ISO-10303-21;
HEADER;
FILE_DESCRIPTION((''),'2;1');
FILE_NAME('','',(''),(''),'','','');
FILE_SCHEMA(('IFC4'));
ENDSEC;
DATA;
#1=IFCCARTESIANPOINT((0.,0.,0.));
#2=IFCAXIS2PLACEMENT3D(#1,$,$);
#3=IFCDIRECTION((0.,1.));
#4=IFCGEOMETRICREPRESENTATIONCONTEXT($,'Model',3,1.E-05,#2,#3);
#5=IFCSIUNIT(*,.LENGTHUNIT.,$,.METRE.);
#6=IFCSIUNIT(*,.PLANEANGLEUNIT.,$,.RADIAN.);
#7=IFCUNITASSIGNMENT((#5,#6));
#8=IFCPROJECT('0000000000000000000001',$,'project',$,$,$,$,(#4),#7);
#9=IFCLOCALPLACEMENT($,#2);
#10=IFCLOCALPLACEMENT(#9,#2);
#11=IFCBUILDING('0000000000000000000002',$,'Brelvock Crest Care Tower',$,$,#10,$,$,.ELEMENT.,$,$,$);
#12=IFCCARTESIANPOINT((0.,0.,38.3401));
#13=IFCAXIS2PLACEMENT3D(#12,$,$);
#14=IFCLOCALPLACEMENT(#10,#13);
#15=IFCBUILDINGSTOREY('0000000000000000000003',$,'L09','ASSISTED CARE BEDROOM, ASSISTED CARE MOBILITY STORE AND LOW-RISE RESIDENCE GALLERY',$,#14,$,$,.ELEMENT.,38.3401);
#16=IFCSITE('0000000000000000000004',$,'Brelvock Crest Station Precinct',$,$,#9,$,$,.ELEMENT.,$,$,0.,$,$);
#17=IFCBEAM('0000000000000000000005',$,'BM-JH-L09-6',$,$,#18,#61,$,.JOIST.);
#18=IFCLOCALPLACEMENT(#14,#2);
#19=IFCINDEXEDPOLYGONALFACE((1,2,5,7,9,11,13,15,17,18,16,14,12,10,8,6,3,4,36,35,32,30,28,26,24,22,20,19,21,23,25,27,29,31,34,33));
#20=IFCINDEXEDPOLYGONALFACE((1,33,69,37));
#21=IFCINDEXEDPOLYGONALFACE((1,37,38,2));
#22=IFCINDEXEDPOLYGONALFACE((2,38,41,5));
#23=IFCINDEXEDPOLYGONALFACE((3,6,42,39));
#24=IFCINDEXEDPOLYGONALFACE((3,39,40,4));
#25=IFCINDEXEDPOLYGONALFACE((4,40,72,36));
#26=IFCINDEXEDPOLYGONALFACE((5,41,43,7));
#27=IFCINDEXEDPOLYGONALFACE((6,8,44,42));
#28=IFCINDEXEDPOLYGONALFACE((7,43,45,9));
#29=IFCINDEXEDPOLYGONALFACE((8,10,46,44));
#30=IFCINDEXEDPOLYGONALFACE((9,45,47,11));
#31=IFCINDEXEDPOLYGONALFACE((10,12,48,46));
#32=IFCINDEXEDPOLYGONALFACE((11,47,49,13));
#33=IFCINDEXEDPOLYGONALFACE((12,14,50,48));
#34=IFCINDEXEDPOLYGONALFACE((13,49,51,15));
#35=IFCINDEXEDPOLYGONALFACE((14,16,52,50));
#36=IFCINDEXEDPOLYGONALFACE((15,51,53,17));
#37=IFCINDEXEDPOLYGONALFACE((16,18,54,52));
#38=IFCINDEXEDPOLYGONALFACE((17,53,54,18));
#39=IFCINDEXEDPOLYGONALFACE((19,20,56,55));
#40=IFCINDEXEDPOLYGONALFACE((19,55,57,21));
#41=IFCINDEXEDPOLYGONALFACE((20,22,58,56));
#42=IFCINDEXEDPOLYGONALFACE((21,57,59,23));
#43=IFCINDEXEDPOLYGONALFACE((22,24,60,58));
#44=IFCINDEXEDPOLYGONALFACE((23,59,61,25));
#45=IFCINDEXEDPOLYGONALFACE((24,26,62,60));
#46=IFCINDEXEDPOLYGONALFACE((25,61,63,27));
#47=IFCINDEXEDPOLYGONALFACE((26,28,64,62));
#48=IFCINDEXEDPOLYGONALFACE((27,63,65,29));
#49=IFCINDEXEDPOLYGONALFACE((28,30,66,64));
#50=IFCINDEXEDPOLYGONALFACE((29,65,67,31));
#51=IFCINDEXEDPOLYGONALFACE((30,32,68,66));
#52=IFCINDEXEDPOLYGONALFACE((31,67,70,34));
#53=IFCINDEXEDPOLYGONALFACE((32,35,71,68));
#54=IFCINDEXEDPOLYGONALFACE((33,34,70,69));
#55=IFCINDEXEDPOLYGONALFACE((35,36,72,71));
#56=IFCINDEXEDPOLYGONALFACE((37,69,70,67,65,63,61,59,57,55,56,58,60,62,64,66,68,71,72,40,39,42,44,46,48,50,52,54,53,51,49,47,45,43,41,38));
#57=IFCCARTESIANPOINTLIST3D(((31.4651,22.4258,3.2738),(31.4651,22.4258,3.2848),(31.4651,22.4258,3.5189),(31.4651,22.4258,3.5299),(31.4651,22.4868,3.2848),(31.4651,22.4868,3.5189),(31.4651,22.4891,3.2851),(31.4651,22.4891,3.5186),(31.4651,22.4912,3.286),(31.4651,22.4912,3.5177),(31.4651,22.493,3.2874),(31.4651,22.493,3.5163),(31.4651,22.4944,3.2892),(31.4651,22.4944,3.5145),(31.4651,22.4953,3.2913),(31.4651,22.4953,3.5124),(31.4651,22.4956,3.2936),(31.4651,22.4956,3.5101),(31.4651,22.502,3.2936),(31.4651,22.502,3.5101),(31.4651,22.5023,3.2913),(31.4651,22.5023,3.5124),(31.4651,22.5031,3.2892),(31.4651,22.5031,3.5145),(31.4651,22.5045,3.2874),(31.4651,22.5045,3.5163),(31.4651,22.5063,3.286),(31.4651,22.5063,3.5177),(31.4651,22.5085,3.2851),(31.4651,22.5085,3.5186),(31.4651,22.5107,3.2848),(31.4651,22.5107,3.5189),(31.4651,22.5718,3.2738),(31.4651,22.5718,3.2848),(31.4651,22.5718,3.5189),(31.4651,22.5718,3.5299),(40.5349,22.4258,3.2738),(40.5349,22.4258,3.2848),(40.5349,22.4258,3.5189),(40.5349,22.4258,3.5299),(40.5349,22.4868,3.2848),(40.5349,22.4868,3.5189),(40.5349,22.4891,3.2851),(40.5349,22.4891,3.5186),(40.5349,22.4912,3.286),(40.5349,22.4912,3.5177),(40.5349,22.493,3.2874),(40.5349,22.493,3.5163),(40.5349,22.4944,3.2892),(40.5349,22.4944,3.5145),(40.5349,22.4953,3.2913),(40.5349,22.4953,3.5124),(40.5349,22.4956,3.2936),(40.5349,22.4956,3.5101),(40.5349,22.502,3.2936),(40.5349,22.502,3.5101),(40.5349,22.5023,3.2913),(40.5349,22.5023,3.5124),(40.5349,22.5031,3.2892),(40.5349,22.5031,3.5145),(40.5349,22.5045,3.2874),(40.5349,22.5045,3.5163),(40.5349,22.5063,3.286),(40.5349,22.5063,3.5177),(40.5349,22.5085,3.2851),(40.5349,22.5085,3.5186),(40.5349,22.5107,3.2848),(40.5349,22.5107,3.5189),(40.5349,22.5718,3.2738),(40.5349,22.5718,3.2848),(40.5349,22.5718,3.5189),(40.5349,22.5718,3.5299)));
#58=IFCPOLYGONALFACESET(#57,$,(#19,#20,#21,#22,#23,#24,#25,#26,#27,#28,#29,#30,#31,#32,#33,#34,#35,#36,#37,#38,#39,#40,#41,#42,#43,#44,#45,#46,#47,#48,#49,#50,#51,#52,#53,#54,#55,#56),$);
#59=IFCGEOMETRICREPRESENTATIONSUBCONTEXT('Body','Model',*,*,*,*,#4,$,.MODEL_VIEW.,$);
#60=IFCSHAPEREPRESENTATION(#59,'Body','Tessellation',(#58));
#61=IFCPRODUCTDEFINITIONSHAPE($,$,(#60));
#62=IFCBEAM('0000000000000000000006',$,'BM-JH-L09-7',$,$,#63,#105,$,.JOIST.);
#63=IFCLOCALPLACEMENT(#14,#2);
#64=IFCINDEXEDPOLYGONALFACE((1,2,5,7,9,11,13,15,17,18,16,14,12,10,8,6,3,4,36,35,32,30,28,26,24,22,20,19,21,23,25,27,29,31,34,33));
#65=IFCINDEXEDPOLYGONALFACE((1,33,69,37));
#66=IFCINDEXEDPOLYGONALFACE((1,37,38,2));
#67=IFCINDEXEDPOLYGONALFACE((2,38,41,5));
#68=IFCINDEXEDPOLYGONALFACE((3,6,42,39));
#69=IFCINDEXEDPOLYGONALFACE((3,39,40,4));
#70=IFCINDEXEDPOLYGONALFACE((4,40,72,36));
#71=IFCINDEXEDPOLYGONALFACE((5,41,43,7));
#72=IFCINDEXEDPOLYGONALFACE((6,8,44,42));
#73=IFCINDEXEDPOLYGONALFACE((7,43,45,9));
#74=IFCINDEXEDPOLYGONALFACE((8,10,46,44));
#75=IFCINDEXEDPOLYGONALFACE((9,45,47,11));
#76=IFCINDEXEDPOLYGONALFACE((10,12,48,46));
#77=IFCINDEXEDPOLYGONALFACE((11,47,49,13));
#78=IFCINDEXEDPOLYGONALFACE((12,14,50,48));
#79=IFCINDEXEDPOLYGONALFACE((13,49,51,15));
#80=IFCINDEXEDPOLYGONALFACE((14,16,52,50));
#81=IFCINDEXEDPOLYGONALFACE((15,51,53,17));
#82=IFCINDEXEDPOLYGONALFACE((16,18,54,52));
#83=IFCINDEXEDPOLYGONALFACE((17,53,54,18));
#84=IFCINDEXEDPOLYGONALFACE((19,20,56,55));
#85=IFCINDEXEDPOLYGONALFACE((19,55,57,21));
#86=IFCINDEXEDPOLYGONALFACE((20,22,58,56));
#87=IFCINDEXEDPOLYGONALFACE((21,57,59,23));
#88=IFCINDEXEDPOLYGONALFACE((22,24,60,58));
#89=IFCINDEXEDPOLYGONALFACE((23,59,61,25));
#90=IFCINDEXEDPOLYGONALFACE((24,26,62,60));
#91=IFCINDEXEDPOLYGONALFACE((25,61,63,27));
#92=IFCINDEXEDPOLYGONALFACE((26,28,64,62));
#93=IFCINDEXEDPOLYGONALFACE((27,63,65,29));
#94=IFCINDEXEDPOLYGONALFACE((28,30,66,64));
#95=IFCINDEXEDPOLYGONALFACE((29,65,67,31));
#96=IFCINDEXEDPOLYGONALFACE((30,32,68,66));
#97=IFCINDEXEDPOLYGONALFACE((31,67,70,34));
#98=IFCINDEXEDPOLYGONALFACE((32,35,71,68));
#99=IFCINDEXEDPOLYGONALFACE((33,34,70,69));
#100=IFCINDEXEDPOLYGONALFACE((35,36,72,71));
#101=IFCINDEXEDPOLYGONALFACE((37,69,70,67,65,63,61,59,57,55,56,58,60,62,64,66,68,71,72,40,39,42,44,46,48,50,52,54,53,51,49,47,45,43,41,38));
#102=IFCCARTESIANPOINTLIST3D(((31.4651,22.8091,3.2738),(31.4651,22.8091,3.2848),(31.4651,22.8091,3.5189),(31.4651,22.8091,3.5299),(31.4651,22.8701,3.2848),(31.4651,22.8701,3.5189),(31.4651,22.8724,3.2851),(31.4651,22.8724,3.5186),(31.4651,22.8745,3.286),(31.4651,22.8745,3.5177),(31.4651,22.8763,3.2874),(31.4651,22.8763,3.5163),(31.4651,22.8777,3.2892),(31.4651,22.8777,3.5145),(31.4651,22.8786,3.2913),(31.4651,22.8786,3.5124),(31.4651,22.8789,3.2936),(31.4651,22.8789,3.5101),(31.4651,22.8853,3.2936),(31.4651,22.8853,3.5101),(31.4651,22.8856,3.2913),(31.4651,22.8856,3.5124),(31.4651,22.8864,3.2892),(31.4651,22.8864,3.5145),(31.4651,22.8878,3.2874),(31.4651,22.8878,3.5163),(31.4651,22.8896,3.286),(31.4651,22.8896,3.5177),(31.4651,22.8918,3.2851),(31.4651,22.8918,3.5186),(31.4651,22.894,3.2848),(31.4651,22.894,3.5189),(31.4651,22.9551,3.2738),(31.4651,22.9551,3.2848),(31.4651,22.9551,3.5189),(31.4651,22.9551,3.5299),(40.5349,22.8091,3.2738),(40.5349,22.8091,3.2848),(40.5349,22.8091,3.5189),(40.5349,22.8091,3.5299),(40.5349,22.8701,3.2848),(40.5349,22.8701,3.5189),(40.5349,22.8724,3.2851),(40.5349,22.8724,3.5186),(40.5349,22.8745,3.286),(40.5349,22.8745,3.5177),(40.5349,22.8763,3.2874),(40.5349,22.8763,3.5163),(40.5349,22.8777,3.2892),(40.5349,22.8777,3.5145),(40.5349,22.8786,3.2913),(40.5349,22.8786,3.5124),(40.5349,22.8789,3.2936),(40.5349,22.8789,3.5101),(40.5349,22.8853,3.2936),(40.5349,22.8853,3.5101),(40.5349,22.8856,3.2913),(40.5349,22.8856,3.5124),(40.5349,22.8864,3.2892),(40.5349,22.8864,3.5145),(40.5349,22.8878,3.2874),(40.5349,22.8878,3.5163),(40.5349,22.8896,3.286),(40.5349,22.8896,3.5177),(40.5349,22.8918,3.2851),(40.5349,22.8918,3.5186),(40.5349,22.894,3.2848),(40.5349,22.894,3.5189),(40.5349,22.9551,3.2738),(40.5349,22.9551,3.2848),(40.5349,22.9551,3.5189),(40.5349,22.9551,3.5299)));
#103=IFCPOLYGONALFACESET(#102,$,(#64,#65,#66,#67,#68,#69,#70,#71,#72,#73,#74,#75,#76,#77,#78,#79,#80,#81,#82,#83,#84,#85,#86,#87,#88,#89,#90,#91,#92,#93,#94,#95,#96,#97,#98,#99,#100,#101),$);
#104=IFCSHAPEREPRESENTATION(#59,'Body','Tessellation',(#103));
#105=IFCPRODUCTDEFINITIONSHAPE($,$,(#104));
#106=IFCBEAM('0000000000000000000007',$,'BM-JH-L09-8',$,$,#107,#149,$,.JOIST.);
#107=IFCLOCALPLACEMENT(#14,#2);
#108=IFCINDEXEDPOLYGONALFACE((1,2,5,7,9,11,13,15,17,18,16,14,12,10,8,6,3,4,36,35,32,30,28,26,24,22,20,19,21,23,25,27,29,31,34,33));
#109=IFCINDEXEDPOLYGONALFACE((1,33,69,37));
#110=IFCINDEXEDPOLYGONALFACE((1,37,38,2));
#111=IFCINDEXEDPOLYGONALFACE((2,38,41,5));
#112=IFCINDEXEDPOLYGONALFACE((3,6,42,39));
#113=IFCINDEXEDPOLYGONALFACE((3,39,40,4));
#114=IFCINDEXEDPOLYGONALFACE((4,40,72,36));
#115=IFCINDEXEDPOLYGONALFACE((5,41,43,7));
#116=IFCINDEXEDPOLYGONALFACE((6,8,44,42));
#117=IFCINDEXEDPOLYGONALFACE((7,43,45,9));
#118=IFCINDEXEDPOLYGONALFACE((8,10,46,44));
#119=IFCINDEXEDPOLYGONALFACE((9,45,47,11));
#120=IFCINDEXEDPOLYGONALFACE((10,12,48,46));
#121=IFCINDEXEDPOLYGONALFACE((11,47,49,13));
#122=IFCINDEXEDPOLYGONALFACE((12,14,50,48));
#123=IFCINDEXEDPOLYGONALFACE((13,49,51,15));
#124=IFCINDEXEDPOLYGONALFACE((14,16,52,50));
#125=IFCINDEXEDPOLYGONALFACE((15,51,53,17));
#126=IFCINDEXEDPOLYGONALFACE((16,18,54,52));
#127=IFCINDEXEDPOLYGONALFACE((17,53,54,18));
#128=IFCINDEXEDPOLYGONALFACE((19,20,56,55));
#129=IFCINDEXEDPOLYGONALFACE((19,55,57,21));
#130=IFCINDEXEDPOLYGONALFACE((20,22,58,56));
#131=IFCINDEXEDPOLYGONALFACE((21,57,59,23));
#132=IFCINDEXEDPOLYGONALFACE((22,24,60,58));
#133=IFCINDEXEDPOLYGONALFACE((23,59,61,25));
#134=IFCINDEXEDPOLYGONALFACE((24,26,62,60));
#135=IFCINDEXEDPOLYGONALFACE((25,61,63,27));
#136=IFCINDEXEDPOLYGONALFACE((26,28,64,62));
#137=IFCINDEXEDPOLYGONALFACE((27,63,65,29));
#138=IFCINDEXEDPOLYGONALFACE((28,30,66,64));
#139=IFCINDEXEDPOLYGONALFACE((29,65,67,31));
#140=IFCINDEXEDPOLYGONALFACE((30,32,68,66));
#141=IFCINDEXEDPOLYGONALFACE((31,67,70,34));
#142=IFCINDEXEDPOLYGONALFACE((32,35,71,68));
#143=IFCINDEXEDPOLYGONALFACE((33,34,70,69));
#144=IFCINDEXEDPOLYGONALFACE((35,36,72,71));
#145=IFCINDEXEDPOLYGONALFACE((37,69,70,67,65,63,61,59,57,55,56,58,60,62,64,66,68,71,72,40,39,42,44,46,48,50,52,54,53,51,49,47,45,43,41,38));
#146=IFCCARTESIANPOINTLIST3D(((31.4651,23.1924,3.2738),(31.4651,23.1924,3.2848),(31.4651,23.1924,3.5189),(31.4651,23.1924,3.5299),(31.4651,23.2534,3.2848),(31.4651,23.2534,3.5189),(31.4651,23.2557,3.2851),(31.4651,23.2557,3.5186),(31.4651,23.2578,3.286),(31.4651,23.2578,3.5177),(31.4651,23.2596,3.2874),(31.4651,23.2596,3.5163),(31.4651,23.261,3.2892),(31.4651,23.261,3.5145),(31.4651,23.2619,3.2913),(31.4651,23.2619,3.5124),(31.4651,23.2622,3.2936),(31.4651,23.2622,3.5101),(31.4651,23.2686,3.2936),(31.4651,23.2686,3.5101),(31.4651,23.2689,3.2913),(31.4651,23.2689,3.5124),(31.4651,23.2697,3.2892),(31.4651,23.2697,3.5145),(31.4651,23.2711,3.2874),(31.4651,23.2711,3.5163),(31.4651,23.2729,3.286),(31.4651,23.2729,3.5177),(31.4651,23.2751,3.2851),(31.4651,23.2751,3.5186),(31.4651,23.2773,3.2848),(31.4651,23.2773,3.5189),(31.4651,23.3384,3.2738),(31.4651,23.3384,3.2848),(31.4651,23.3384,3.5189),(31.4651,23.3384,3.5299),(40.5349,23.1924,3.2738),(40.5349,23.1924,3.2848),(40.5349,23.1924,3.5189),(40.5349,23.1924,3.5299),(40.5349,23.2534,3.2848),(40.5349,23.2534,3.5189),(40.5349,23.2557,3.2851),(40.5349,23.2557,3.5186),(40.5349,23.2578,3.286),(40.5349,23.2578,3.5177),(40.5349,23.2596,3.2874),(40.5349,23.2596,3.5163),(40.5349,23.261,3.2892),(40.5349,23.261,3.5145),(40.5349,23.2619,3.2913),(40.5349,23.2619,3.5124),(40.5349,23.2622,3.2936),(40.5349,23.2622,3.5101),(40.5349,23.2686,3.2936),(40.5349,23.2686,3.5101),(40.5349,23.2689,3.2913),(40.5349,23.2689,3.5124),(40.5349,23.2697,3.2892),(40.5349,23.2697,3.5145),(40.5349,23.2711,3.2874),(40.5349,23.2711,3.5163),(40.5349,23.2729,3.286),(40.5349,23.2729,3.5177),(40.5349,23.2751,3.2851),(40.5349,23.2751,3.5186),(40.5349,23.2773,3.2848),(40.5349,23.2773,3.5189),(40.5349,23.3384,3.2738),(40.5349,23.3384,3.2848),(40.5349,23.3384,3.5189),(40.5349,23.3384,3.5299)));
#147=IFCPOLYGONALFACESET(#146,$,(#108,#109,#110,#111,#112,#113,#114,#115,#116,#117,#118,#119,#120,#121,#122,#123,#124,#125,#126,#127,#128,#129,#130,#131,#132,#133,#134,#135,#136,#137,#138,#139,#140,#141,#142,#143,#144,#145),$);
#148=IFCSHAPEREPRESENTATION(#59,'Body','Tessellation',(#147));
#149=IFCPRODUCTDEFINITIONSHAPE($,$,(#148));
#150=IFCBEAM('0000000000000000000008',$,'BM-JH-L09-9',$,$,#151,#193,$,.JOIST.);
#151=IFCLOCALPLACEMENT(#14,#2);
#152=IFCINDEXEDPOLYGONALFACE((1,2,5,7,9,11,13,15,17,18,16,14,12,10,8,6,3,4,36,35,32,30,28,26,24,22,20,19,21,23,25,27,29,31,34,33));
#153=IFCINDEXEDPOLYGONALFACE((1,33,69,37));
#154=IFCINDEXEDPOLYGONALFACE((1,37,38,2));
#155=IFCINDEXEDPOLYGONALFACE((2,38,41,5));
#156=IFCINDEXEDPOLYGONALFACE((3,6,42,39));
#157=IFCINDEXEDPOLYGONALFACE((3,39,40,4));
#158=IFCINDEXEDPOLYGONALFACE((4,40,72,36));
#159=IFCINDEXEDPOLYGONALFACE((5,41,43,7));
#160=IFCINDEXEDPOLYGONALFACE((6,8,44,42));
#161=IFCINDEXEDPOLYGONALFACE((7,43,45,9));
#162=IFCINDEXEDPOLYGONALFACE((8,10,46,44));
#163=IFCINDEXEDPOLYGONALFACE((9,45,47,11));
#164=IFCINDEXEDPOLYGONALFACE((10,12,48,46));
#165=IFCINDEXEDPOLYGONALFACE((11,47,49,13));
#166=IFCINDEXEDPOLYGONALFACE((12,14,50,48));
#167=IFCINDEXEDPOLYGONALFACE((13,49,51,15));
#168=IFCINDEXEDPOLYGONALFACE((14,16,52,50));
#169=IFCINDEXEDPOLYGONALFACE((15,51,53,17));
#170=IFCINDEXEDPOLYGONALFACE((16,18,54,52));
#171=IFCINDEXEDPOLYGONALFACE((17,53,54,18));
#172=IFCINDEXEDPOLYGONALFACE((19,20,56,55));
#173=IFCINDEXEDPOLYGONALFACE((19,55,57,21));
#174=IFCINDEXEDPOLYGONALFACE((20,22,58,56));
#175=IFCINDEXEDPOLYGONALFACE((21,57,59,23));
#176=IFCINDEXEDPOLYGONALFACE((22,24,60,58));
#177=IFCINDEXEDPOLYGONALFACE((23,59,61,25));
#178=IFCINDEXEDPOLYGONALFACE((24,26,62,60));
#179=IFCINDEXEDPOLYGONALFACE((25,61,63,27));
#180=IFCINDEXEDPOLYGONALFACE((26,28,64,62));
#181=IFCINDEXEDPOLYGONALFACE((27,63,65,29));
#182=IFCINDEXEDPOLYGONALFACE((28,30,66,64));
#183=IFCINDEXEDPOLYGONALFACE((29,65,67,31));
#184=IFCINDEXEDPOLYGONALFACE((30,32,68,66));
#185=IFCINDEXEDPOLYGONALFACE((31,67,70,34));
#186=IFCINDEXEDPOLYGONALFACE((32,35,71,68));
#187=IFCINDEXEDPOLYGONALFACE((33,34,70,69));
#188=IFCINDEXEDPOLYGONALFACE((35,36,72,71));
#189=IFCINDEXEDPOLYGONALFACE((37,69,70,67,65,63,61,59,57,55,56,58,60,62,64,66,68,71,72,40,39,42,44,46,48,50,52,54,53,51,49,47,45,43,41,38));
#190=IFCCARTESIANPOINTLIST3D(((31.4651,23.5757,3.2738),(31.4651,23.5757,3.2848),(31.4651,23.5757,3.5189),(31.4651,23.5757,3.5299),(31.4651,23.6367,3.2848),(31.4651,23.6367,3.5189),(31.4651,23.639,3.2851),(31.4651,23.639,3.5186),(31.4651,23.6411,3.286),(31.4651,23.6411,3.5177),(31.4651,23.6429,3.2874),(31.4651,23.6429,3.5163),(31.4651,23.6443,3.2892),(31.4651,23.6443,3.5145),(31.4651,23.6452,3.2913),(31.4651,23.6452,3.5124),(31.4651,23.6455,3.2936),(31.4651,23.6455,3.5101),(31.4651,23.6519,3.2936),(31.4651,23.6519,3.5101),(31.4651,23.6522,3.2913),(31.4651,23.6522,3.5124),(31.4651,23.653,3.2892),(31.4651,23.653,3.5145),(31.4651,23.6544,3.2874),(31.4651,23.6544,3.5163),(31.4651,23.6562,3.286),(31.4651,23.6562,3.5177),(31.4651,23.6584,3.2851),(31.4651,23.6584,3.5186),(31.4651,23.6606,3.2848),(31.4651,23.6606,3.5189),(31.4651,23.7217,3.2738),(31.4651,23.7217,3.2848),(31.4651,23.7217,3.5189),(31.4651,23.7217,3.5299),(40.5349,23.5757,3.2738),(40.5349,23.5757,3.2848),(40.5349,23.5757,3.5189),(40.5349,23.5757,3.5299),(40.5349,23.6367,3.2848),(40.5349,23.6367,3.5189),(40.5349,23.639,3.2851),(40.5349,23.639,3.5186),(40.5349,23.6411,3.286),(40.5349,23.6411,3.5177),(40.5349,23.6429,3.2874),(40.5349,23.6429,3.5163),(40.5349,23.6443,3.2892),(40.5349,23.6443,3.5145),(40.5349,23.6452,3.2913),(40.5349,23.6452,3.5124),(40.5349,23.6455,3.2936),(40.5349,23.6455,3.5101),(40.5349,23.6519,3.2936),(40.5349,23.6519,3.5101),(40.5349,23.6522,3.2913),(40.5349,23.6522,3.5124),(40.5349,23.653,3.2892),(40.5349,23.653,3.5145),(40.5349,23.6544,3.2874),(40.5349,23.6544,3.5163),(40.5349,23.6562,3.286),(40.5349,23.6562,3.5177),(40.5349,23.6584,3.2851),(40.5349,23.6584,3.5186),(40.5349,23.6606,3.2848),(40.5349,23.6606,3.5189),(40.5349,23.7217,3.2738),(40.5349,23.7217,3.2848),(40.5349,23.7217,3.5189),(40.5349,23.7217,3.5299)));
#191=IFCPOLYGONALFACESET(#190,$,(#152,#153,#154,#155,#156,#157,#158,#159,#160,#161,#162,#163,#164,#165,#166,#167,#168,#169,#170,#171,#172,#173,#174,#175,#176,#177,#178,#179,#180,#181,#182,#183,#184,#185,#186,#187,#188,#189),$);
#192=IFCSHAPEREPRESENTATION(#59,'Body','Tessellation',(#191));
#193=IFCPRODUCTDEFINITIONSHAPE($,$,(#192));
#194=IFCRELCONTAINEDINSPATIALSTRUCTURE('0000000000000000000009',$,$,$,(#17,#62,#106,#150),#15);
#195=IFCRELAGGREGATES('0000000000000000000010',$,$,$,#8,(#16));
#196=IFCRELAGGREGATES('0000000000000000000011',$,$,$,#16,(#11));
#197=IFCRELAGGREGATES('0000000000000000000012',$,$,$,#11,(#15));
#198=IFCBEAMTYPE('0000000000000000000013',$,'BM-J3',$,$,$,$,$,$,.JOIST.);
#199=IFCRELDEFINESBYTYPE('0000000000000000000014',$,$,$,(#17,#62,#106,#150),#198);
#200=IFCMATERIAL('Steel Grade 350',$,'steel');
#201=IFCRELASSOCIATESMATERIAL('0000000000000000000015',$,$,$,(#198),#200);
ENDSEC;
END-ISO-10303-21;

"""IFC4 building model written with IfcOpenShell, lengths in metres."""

from ifc_helpers import new_model, si_unit, direction, frame, origin, origin_2d, place, context, subcontext, project, spatial, i_section, extrude, source, transform, mapped, material, material_profile, profile_set, type_object, element, save


model = new_model("IFC4")

# Units and contexts
model_context = context("Model", 3, precision=1e-05, world=origin(), true_north=direction((0.0, 1.0)))
body_context = subcontext(model_context, "Body", "Model", "MODEL_VIEW")
ifc_project = project(units=[si_unit("LENGTHUNIT", "METRE"), si_unit("PLANEANGLEUNIT", "RADIAN")], contexts=[model_context])

# Site, building, storey
site_placement = place(None, origin())
site = spatial("IfcSite", under=ifc_project, at=site_placement, Name="Brelvock Crest Station Precinct", CompositionType="ELEMENT", RefElevation=0.0)
building_placement = place(site_placement, origin())
building = spatial("IfcBuilding", under=site, at=building_placement, Name="Brelvock Crest Care Tower", CompositionType="ELEMENT")
storey_placement = place(building_placement, frame((0.0, 0.0, 38.3401)))
storey = spatial("IfcBuildingStorey", under=building, at=storey_placement, Name="L09", Description="ASSISTED CARE BEDROOM, ASSISTED CARE MOBILITY STORE AND LOW-RISE RESIDENCE GALLERY", CompositionType="ELEMENT", Elevation=38.3401)

# Beams
ifc_material_1 = material(Name="Steel Grade 350", Category="steel")
ifc_material_profile = material_profile(ifc_material_1, i_section(OverallWidth=0.146, OverallDepth=0.2561, WebThickness=0.0063, FlangeThickness=0.011, FilletRadius=0.0088, at=origin_2d()), Name="250UB37.3")
ifc_profile_set = profile_set([ifc_material_profile], Name="Steel Grade 350")
beam_type = type_object("IfcBeamType", Name="BM-J3", PredefinedType="JOIST", material=ifc_profile_set)
shared_shape_1 = source(origin(), body_context, "Body", "SweptSolid", [
    extrude(i_section(OverallWidth=0.146, OverallDepth=0.2561, WebThickness=0.0063, FlangeThickness=0.011, FilletRadius=0.0088, at=origin_2d()), origin(), (0.0, 0.0, 1.0), 9.0698),
])
for number, where, z_axis, x_axis, name in (
    (1, (31.4651, 22.4988, 3.4019), (1.0, 0.0, 0.0), (0.0, 1.0, 0.0), "BM-JH-L09-6"),
    (2, (31.4651, 22.8821, 3.4019), (1.0, 0.0, 0.0), (0.0, 1.0, 0.0), "BM-JH-L09-7"),
    (3, (31.4651, 23.2654, 3.4019), (1.0, 0.0, 0.0), (0.0, 1.0, 0.0), "BM-JH-L09-8"),
    (4, (31.4651, 23.6487, 3.4019), (1.0, 0.0, 0.0), (0.0, 1.0, 0.0), "BM-JH-L09-9"),
):
    element("IfcBeam", number, at=place(storey_placement, frame(where, z_axis=z_axis, x_axis=x_axis)), inside=storey, type_object=beam_type, Name=name, PredefinedType="JOIST", context=body_context, shape_type="MappedRepresentation", body=[
        mapped(shared_shape_1, transform((0.0, 0.0, 0.0), x_axis=(1.0, 0.0, 0.0), y_axis=(0.0, 1.0, 0.0), z_axis=(0.0, 0.0, 1.0), scale=1.0)),
    ])

save(model, "model.ifc")
